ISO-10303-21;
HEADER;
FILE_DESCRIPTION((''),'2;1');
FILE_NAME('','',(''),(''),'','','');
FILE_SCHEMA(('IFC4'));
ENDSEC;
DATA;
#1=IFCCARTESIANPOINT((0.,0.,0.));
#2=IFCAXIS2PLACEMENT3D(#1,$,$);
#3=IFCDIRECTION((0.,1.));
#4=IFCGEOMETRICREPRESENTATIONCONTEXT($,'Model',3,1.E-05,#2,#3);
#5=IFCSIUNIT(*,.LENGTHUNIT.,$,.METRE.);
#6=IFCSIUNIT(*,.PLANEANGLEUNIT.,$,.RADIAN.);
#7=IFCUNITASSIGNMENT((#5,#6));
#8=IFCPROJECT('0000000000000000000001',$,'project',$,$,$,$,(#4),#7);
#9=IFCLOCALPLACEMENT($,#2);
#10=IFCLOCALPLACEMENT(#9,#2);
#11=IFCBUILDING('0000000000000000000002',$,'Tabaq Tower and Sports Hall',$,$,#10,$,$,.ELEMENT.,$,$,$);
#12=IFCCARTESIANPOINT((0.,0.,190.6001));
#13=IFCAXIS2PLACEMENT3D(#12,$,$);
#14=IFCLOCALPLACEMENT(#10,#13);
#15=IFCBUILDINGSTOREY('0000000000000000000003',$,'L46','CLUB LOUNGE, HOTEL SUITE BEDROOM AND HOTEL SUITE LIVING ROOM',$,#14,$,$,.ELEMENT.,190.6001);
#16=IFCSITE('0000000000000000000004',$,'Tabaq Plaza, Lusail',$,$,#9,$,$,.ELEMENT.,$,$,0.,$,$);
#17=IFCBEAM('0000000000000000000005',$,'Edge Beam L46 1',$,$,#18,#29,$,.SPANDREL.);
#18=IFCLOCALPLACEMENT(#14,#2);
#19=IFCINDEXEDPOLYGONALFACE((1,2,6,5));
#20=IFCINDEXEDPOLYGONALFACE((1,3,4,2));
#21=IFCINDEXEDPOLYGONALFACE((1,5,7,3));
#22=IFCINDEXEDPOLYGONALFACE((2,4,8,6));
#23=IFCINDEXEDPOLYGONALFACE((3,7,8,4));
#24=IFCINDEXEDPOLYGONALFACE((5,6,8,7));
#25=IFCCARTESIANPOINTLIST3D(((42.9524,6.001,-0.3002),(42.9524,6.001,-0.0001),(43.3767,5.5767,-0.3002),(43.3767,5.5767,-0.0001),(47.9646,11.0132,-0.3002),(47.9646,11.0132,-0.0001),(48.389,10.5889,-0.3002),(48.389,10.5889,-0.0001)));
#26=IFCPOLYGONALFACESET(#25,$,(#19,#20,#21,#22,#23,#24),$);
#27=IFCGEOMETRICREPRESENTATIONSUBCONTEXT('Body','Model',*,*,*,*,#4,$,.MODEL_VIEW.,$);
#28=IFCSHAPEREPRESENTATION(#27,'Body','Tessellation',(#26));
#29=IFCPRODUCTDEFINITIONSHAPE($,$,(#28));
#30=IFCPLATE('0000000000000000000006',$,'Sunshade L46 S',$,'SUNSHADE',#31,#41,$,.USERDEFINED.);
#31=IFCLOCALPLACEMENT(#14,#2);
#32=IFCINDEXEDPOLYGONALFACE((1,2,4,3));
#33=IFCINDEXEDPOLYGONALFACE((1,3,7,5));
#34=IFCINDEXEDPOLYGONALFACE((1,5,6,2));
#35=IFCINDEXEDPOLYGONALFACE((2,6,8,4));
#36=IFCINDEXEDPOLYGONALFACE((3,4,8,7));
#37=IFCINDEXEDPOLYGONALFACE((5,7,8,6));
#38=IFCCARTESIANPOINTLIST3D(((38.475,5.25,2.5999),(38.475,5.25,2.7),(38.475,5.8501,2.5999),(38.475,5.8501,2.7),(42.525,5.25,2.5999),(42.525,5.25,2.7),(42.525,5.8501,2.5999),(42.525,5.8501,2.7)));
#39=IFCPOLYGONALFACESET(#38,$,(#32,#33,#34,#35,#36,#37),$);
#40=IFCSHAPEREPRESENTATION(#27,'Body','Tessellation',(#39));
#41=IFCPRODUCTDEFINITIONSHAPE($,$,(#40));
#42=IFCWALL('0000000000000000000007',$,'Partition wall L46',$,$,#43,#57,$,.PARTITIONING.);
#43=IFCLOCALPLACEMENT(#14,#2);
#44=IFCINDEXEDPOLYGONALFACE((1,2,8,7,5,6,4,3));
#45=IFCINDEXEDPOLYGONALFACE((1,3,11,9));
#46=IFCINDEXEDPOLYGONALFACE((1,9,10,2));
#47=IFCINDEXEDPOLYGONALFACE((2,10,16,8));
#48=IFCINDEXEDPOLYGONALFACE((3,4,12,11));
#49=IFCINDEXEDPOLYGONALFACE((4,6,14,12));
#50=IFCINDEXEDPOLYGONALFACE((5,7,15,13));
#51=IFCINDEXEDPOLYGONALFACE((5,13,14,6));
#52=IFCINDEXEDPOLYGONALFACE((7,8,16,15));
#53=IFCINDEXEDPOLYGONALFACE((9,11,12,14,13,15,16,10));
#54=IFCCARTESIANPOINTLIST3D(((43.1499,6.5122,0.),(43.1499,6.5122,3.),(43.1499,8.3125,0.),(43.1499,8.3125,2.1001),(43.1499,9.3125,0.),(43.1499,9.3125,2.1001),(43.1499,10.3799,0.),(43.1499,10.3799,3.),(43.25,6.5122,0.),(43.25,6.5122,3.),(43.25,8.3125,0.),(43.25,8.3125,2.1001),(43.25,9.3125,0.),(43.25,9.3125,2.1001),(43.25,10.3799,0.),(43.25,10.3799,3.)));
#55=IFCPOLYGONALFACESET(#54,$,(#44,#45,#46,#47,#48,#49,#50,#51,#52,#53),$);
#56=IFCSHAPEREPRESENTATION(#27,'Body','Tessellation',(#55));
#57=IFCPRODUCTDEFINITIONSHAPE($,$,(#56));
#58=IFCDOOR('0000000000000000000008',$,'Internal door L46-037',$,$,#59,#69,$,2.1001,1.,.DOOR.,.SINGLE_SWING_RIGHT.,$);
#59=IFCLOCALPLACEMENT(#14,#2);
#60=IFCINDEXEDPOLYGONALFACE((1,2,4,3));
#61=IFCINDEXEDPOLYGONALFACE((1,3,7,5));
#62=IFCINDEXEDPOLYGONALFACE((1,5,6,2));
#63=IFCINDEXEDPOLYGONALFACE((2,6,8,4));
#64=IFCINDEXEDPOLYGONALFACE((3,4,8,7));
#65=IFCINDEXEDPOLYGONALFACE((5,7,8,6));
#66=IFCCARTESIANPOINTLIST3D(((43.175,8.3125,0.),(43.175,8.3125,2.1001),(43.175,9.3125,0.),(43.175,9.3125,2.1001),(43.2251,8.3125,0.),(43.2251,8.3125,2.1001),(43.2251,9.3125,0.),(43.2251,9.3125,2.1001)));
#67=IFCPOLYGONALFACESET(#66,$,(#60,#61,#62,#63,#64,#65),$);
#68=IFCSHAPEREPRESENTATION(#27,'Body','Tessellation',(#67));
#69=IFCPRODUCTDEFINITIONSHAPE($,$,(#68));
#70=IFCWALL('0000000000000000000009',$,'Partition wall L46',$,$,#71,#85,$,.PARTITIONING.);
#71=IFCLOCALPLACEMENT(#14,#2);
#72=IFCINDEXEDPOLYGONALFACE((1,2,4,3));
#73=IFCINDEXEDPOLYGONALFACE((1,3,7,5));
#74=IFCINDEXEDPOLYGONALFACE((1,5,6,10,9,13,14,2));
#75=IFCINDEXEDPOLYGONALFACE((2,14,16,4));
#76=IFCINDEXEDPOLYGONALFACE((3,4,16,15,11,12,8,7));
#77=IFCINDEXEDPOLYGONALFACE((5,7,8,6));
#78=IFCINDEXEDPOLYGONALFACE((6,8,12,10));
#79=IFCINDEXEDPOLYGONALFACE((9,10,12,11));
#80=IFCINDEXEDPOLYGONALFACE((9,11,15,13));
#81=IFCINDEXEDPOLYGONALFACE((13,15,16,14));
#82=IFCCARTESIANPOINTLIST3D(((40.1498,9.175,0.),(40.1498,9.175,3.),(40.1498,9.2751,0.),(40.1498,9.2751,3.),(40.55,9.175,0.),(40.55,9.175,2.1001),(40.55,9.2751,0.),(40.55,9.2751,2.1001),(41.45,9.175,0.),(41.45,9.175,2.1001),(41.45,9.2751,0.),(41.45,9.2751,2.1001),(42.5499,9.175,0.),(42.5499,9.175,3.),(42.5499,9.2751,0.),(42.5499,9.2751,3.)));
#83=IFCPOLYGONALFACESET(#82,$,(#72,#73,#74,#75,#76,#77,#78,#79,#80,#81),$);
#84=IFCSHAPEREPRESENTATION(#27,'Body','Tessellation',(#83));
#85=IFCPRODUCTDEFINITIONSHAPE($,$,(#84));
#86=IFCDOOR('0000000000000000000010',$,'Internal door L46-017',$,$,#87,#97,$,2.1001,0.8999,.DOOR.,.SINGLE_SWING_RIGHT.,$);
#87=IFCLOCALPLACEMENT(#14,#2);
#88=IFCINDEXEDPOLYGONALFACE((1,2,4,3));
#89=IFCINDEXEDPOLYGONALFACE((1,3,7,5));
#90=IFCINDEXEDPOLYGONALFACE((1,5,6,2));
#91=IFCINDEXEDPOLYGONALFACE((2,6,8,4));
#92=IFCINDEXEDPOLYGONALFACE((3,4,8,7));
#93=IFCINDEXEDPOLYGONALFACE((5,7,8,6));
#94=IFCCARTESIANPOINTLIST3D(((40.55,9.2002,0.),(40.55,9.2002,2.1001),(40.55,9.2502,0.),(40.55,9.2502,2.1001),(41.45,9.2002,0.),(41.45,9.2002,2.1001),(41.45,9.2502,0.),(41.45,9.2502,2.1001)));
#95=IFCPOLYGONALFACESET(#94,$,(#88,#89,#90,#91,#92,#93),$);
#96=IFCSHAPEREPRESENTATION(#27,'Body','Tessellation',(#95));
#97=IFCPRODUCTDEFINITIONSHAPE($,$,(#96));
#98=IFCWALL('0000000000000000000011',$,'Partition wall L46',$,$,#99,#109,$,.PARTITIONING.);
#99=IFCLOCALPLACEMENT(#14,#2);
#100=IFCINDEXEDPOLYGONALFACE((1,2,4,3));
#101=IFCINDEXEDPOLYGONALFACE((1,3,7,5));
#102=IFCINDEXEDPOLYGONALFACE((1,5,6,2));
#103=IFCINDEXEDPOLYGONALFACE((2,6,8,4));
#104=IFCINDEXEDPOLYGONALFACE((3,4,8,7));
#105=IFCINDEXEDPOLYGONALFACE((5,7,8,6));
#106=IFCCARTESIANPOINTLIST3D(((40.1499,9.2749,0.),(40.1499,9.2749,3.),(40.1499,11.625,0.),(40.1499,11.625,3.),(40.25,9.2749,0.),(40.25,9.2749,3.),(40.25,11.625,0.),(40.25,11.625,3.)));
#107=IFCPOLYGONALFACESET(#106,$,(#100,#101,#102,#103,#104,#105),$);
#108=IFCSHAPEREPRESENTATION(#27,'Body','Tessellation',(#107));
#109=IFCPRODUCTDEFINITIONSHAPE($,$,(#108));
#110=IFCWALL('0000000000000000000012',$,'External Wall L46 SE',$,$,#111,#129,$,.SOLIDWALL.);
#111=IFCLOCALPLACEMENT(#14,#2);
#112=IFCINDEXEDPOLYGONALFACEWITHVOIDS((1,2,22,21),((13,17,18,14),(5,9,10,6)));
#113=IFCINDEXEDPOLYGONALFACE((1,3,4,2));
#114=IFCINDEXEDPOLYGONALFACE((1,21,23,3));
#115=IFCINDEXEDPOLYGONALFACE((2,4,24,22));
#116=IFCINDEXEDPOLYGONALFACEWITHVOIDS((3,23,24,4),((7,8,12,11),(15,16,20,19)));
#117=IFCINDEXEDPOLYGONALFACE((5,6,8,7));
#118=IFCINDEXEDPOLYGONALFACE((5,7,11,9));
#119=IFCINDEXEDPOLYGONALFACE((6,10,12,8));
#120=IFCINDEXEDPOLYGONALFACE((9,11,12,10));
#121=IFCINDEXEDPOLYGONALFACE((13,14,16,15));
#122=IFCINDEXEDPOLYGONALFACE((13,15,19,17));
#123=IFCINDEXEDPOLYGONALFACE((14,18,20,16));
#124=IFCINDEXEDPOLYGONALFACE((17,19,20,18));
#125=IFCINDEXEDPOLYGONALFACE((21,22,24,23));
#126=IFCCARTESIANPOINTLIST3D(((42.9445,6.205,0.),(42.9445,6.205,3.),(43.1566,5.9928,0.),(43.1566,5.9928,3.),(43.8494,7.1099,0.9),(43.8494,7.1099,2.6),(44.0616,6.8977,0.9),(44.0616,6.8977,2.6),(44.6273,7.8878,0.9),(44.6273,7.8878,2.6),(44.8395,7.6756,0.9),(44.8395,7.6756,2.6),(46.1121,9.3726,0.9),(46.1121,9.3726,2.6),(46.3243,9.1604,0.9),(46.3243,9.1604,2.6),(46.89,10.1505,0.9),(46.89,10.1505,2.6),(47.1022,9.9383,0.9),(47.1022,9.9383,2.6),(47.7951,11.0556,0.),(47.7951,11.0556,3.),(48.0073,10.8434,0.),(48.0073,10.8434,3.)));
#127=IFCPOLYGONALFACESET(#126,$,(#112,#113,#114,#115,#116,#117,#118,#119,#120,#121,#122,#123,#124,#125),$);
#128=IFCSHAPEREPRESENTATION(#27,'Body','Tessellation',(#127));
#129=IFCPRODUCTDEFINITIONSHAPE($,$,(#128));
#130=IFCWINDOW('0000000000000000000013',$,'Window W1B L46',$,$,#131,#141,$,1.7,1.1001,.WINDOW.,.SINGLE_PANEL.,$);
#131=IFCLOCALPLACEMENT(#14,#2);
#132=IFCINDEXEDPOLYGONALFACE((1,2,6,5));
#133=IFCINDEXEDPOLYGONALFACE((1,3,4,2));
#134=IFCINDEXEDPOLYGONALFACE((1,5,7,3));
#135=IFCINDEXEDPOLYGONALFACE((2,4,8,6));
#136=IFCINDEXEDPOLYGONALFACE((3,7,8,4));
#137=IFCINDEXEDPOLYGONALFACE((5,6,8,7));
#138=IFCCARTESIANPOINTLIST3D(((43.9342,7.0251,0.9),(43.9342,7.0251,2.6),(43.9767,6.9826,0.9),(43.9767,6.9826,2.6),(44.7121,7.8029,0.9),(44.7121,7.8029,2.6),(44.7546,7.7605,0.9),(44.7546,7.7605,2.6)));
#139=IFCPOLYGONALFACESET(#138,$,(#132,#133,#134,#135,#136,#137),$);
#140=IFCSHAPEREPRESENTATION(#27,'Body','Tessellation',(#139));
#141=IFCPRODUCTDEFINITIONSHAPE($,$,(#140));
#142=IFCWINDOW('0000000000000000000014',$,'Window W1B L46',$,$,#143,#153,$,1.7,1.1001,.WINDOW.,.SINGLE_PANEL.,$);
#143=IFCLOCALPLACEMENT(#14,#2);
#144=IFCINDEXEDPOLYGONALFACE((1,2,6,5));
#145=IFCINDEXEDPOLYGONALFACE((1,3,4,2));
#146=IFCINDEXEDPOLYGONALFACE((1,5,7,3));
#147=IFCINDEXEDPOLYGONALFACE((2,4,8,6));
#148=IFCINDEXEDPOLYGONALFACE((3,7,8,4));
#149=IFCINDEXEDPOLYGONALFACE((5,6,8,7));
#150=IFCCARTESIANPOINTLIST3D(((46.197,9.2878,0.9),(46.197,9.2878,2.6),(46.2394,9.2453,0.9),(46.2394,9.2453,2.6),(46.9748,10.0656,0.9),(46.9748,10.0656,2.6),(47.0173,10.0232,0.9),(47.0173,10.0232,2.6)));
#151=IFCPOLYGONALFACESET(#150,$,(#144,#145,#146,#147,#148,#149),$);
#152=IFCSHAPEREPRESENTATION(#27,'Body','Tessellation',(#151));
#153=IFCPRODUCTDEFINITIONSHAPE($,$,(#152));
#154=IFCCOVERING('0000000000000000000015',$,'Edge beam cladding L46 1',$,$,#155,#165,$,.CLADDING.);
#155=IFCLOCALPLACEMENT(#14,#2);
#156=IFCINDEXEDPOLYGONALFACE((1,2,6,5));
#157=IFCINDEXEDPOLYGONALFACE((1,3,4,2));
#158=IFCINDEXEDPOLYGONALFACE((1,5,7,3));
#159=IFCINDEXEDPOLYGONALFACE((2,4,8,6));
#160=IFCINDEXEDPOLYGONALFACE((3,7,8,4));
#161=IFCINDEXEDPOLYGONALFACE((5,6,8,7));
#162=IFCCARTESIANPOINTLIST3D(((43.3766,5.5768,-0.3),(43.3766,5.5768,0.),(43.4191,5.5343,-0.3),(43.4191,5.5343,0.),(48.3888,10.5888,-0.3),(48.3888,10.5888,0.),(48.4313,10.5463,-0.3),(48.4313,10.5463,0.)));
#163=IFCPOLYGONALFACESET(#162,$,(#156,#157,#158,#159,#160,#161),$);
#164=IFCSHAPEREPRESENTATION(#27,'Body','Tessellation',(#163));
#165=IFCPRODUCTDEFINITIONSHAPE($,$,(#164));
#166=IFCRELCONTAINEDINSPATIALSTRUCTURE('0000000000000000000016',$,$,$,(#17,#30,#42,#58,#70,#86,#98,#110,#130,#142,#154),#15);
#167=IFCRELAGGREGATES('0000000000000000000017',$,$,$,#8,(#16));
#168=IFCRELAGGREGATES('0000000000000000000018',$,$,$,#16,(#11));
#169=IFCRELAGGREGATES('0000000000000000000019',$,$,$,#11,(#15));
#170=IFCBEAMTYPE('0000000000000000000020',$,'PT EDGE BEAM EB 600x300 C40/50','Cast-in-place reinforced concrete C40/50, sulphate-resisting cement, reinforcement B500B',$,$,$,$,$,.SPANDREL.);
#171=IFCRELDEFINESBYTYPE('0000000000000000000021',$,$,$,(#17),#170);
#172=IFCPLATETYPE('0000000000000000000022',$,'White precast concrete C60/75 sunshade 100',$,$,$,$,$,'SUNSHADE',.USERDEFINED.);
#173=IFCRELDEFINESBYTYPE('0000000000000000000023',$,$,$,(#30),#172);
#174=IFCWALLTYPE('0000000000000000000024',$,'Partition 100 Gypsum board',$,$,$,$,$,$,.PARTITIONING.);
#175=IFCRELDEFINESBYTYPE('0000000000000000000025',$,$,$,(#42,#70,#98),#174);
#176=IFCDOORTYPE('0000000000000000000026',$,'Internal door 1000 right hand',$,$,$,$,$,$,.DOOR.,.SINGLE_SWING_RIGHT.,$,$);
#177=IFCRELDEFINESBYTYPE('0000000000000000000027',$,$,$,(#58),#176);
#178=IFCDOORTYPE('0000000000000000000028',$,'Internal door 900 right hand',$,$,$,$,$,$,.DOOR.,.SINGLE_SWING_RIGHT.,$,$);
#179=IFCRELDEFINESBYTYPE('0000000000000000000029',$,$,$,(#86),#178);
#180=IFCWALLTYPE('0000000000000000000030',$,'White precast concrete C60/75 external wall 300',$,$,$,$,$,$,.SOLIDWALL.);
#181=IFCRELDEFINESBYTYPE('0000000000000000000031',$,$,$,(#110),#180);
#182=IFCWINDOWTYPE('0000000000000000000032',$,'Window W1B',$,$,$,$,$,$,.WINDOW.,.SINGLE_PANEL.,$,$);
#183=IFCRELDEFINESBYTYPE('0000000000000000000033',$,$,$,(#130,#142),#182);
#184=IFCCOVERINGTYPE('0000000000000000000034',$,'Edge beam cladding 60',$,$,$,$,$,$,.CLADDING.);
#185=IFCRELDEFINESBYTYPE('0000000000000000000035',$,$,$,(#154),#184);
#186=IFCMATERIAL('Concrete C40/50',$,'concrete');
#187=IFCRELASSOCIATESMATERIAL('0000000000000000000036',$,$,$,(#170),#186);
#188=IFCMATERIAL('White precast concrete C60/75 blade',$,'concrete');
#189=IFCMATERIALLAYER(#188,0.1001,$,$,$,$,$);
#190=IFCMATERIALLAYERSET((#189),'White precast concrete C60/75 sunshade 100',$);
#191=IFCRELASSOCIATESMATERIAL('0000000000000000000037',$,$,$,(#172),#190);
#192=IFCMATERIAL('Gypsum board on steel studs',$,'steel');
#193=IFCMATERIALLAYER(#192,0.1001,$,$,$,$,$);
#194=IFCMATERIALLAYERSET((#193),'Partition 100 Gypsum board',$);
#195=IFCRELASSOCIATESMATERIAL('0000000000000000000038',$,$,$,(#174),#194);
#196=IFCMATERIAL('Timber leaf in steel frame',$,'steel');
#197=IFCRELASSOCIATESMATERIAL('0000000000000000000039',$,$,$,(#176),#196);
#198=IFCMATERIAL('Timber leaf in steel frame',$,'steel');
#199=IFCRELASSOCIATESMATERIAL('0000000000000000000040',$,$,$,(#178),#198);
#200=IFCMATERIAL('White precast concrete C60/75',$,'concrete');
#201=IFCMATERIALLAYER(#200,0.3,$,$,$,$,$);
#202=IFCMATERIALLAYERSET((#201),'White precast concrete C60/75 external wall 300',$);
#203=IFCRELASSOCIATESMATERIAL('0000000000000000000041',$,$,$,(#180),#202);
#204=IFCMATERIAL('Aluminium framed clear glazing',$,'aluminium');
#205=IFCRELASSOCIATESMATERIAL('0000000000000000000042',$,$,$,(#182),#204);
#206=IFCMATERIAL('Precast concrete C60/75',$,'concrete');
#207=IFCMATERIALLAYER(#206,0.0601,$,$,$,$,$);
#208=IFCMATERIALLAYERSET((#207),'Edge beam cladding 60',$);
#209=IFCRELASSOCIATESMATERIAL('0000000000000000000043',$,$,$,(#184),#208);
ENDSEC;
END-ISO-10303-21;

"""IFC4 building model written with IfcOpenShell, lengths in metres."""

from ifc_helpers import new_model, si_unit, direction, frame, frame_2d, origin, origin_2d, place, context, subcontext, project, spatial, rectangle, extrude, material, layer, layer_set, material_profile, profile_set, type_object, element, fill, save


model = new_model("IFC4")

# Units and contexts
model_context = context("Model", 3, precision=1e-05, world=origin(), true_north=direction((0.0, 1.0)))
body_context = subcontext(model_context, "Body", "Model", "MODEL_VIEW")
ifc_project = project(units=[si_unit("LENGTHUNIT", "METRE"), si_unit("PLANEANGLEUNIT", "RADIAN")], contexts=[model_context])

# Site, building, storey
site_placement = place(None, origin())
site = spatial("IfcSite", under=ifc_project, at=site_placement, Name="Tabaq Plaza, Lusail", CompositionType="ELEMENT", RefElevation=0.0)
building_placement = place(site_placement, origin())
building = spatial("IfcBuilding", under=site, at=building_placement, Name="Tabaq Tower and Sports Hall", CompositionType="ELEMENT")
storey_placement = place(building_placement, frame((0.0, 0.0, 190.6001)))
storey = spatial("IfcBuildingStorey", under=building, at=storey_placement, Name="L46", Description="CLUB LOUNGE, HOTEL SUITE BEDROOM AND HOTEL SUITE LIVING ROOM", CompositionType="ELEMENT", Elevation=190.6001)

# Beam
ifc_material_1 = material(Name="Concrete C40/50", Category="concrete")
ifc_material_profile = material_profile(ifc_material_1, rectangle(XDim=0.6001, YDim=0.3, at=origin_2d()), Name="EB 600x300")
ifc_profile_set = profile_set([ifc_material_profile], Name="Concrete C40/50")
beam_type = type_object("IfcBeamType", Name="PT EDGE BEAM EB 600x300 C40/50", Description="Cast-in-place reinforced concrete C40/50, sulphate-resisting cement, reinforcement B500B", PredefinedType="SPANDREL", material=ifc_profile_set)
beam_placement = place(storey_placement, frame((43.1646, 5.7888, -0.1501), z_axis=(0.707107, 0.707107, 0.0), x_axis=(-0.707107, 0.707107, 0.0)))
element("IfcBeam", 1, at=beam_placement, inside=storey, type_object=beam_type, Name="Edge Beam L46 1", PredefinedType="SPANDREL", context=body_context, shape_type="SweptSolid", body=[
    extrude(rectangle(XDim=0.6001, YDim=0.3, at=origin_2d()), origin(), (0.0, 0.0, 1.0), 7.0884),
])

# Plate
ifc_material_2 = material(Name="White precast concrete C60/75 blade", Category="concrete")
ifc_layer_1 = layer(ifc_material_2, 0.1001)
ifc_layer_set_1 = layer_set([ifc_layer_1], Name="White precast concrete C60/75 sunshade 100")
plate_type = type_object("IfcPlateType", Name="White precast concrete C60/75 sunshade 100", ElementType="SUNSHADE", PredefinedType="USERDEFINED", material=ifc_layer_set_1)
plate_placement = place(storey_placement, frame((40.5, 5.55, 2.5999), z_axis=(0.0, 0.0, 1.0), x_axis=(1.0, 0.0, 0.0)))
element("IfcPlate", 2, at=plate_placement, inside=storey, type_object=plate_type, Name="Sunshade L46 S", ObjectType="SUNSHADE", PredefinedType="USERDEFINED", context=body_context, shape_type="SweptSolid", body=[
    extrude(rectangle(XDim=4.05, YDim=0.6001, at=origin_2d()), origin(), (0.0, 0.0, 1.0), 0.1001),
])

# Walls, openings, doors
ifc_material_3 = material(Name="Gypsum board on steel studs", Category="steel")
ifc_layer_2 = layer(ifc_material_3, 0.1001)
ifc_layer_set_2 = layer_set([ifc_layer_2], Name="Partition 100 Gypsum board")
wall_type_1 = type_object("IfcWallType", Name="Partition 100 Gypsum board", PredefinedType="PARTITIONING", material=ifc_layer_set_2)
wall_1_placement = place(storey_placement, frame((43.2, 6.5122, 0.0), z_axis=(0.0, 0.0, 1.0), x_axis=(0.0, 1.0, 0.0)))
wall_1 = element("IfcWall", 3, at=wall_1_placement, inside=storey, type_object=wall_type_1, Name="Partition wall L46", PredefinedType="PARTITIONING", context=body_context, shape_type="SweptSolid", body=[
    extrude(rectangle(XDim=3.8677, YDim=0.1001, at=frame_2d((1.9338, 0.0))), origin(), (0.0, 0.0, 1.0), 3.0),
])
opening_1_placement = place(wall_1_placement, frame((1.8003, 0.0, 0.0)))
opening_1 = element("IfcOpeningElement", 4, at=opening_1_placement, cuts=wall_1, PredefinedType="OPENING", context=body_context, shape_type="SweptSolid", body=[
    extrude(rectangle(XDim=1.0, YDim=2.1001, at=frame_2d((0.5, 1.05))), frame((0.0, 0.05, 0.0), z_axis=(0.0, -1.0, 0.0), x_axis=(1.0, 0.0, 0.0)), (0.0, 0.0, 1.0), 0.1001),
])
ifc_material_4 = material(Name="Timber leaf in steel frame", Category="steel")
door_type_1 = type_object("IfcDoorType", Name="Internal door 1000 right hand", OperationType="SINGLE_SWING_RIGHT", PredefinedType="DOOR", material=ifc_material_4)
door_1_placement = place(opening_1_placement, origin())
door_1 = element("IfcDoor", 5, at=door_1_placement, inside=storey, type_object=door_type_1, Name="Internal door L46-037", OperationType="SINGLE_SWING_RIGHT", OverallHeight=2.1001, OverallWidth=1.0, PredefinedType="DOOR", context=body_context, shape_type="SweptSolid", body=[
    extrude(rectangle(XDim=1.0, YDim=2.1001, at=frame_2d((0.5, 1.05))), frame((0.0, 0.0249, 0.0), z_axis=(0.0, -1.0, 0.0), x_axis=(1.0, 0.0, 0.0)), (0.0, 0.0, 1.0), 0.05),
])
fill(opening_1, door_1)
wall_2_placement = place(storey_placement, frame((42.55, 9.2251, 0.0), z_axis=(0.0, 0.0, 1.0), x_axis=(-1.0, 0.0, 0.0)))
wall_2 = element("IfcWall", 6, at=wall_2_placement, inside=storey, type_object=wall_type_1, Name="Partition wall L46", PredefinedType="PARTITIONING", context=body_context, shape_type="SweptSolid", body=[
    extrude(rectangle(XDim=2.4001, YDim=0.1001, at=frame_2d((1.2002, 0.0))), origin(), (0.0, 0.0, 1.0), 3.0),
])
opening_2_placement = place(wall_2_placement, frame((1.1001, 0.0, 0.0)))
opening_2 = element("IfcOpeningElement", 7, at=opening_2_placement, cuts=wall_2, PredefinedType="OPENING", context=body_context, shape_type="SweptSolid", body=[
    extrude(rectangle(XDim=0.8999, YDim=2.1001, at=frame_2d((0.45, 1.05))), frame((0.0, 0.05, 0.0), z_axis=(0.0, -1.0, 0.0), x_axis=(1.0, 0.0, 0.0)), (0.0, 0.0, 1.0), 0.1001),
])
ifc_material_5 = material(Name="Timber leaf in steel frame", Category="steel")
door_type_2 = type_object("IfcDoorType", Name="Internal door 900 right hand", OperationType="SINGLE_SWING_RIGHT", PredefinedType="DOOR", material=ifc_material_5)
door_2_placement = place(opening_2_placement, origin())
door_2 = element("IfcDoor", 8, at=door_2_placement, inside=storey, type_object=door_type_2, Name="Internal door L46-017", OperationType="SINGLE_SWING_RIGHT", OverallHeight=2.1001, OverallWidth=0.8999, PredefinedType="DOOR", context=body_context, shape_type="SweptSolid", body=[
    extrude(rectangle(XDim=0.8999, YDim=2.1001, at=frame_2d((0.45, 1.05))), frame((0.0, 0.0249, 0.0), z_axis=(0.0, -1.0, 0.0), x_axis=(1.0, 0.0, 0.0)), (0.0, 0.0, 1.0), 0.05),
])
fill(opening_2, door_2)

# Wall
wall_3_placement = place(storey_placement, frame((40.2, 9.2749, 0.0), z_axis=(0.0, 0.0, 1.0), x_axis=(0.0, 1.0, 0.0)))
element("IfcWall", 9, at=wall_3_placement, inside=storey, type_object=wall_type_1, Name="Partition wall L46", PredefinedType="PARTITIONING", context=body_context, shape_type="SweptSolid", body=[
    extrude(rectangle(XDim=2.3501, YDim=0.1001, at=frame_2d((1.175, 0.0))), origin(), (0.0, 0.0, 1.0), 3.0),
])

# Wall, openings, windows
ifc_material_6 = material(Name="White precast concrete C60/75", Category="concrete")
ifc_layer_3 = layer(ifc_material_6, 0.3)
ifc_layer_set_3 = layer_set([ifc_layer_3], Name="White precast concrete C60/75 external wall 300")
wall_type_2 = type_object("IfcWallType", Name="White precast concrete C60/75 external wall 300", PredefinedType="SOLIDWALL", material=ifc_layer_set_3)
wall_4_placement = place(storey_placement, frame((43.0505, 6.0989, 0.0), z_axis=(0.0, 0.0, 1.0), x_axis=(0.707107, 0.707107, 0.0)))
wall_4 = element("IfcWall", 10, at=wall_4_placement, inside=storey, type_object=wall_type_2, Name="External Wall L46 SE", PredefinedType="SOLIDWALL", context=body_context, shape_type="SweptSolid", body=[
    extrude(rectangle(XDim=6.8599, YDim=0.3, at=frame_2d((3.4299, 0.0))), origin(), (0.0, 0.0, 1.0), 3.0),
])
opening_3_placement = place(wall_4_placement, frame((1.2798, 0.0, 0.8999)))
opening_3 = element("IfcOpeningElement", 11, at=opening_3_placement, cuts=wall_4, PredefinedType="OPENING", context=body_context, shape_type="SweptSolid", body=[
    extrude(rectangle(XDim=1.1001, YDim=1.7, at=frame_2d((0.55, 0.8501))), frame((0.0, 0.1602, 0.0), z_axis=(0.0, -1.0, 0.0), x_axis=(1.0, 0.0, 0.0)), (0.0, 0.0, 1.0), 0.3201),
])
opening_4_placement = place(wall_4_placement, frame((4.4797, 0.0, 0.8999)))
opening_4 = element("IfcOpeningElement", 12, at=opening_4_placement, cuts=wall_4, PredefinedType="OPENING", context=body_context, shape_type="SweptSolid", body=[
    extrude(rectangle(XDim=1.1001, YDim=1.7, at=frame_2d((0.55, 0.8501))), frame((0.0, 0.1602, 0.0), z_axis=(0.0, -1.0, 0.0), x_axis=(1.0, 0.0, 0.0)), (0.0, 0.0, 1.0), 0.3201),
])
ifc_material_7 = material(Name="Aluminium framed clear glazing", Category="aluminium")
window_type = type_object("IfcWindowType", Name="Window W1B", PartitioningType="SINGLE_PANEL", PredefinedType="WINDOW", material=ifc_material_7)
window_1_placement = place(opening_3_placement, origin())
window_1 = element("IfcWindow", 13, at=window_1_placement, inside=storey, type_object=window_type, Name="Window W1B L46", OverallHeight=1.7, OverallWidth=1.1001, PartitioningType="SINGLE_PANEL", PredefinedType="WINDOW", context=body_context, shape_type="SweptSolid", body=[
    extrude(rectangle(XDim=1.1001, YDim=1.7, at=frame_2d((0.55, 0.8501))), frame((0.0, 0.03, 0.0), z_axis=(0.0, -1.0, 0.0), x_axis=(1.0, 0.0, 0.0)), (0.0, 0.0, 1.0), 0.0601),
])
fill(opening_3, window_1)
window_2_placement = place(opening_4_placement, origin())
window_2 = element("IfcWindow", 14, at=window_2_placement, inside=storey, type_object=window_type, Name="Window W1B L46", OverallHeight=1.7, OverallWidth=1.1001, PartitioningType="SINGLE_PANEL", PredefinedType="WINDOW", context=body_context, shape_type="SweptSolid", body=[
    extrude(rectangle(XDim=1.1001, YDim=1.7, at=frame_2d((0.55, 0.8501))), frame((0.0, 0.03, 0.0), z_axis=(0.0, -1.0, 0.0), x_axis=(1.0, 0.0, 0.0)), (0.0, 0.0, 1.0), 0.0601),
])
fill(opening_4, window_2)

# Covering
ifc_material_8 = material(Name="Precast concrete C60/75", Category="concrete")
ifc_layer_4 = layer(ifc_material_8, 0.0601)
ifc_layer_set_4 = layer_set([ifc_layer_4], Name="Edge beam cladding 60")
covering_type_1 = type_object("IfcCoveringType", Name="Edge beam cladding 60", PredefinedType="CLADDING", material=ifc_layer_set_4)
covering_1_placement = place(storey_placement, frame((43.3979, 5.5557, -0.3), z_axis=(0.0, 0.0, 1.0), x_axis=(0.707124, 0.70709, 0.0)))
element("IfcCovering", 15, at=covering_1_placement, inside=storey, type_object=covering_type_1, Name="Edge beam cladding L46 1", PredefinedType="CLADDING", context=body_context, shape_type="SweptSolid", body=[
    extrude(rectangle(XDim=7.0881, YDim=0.0601, at=frame_2d((3.5439, 0.0))), origin(), (0.0, 0.0, 1.0), 0.3),
])

save(model, "model.ifc")
